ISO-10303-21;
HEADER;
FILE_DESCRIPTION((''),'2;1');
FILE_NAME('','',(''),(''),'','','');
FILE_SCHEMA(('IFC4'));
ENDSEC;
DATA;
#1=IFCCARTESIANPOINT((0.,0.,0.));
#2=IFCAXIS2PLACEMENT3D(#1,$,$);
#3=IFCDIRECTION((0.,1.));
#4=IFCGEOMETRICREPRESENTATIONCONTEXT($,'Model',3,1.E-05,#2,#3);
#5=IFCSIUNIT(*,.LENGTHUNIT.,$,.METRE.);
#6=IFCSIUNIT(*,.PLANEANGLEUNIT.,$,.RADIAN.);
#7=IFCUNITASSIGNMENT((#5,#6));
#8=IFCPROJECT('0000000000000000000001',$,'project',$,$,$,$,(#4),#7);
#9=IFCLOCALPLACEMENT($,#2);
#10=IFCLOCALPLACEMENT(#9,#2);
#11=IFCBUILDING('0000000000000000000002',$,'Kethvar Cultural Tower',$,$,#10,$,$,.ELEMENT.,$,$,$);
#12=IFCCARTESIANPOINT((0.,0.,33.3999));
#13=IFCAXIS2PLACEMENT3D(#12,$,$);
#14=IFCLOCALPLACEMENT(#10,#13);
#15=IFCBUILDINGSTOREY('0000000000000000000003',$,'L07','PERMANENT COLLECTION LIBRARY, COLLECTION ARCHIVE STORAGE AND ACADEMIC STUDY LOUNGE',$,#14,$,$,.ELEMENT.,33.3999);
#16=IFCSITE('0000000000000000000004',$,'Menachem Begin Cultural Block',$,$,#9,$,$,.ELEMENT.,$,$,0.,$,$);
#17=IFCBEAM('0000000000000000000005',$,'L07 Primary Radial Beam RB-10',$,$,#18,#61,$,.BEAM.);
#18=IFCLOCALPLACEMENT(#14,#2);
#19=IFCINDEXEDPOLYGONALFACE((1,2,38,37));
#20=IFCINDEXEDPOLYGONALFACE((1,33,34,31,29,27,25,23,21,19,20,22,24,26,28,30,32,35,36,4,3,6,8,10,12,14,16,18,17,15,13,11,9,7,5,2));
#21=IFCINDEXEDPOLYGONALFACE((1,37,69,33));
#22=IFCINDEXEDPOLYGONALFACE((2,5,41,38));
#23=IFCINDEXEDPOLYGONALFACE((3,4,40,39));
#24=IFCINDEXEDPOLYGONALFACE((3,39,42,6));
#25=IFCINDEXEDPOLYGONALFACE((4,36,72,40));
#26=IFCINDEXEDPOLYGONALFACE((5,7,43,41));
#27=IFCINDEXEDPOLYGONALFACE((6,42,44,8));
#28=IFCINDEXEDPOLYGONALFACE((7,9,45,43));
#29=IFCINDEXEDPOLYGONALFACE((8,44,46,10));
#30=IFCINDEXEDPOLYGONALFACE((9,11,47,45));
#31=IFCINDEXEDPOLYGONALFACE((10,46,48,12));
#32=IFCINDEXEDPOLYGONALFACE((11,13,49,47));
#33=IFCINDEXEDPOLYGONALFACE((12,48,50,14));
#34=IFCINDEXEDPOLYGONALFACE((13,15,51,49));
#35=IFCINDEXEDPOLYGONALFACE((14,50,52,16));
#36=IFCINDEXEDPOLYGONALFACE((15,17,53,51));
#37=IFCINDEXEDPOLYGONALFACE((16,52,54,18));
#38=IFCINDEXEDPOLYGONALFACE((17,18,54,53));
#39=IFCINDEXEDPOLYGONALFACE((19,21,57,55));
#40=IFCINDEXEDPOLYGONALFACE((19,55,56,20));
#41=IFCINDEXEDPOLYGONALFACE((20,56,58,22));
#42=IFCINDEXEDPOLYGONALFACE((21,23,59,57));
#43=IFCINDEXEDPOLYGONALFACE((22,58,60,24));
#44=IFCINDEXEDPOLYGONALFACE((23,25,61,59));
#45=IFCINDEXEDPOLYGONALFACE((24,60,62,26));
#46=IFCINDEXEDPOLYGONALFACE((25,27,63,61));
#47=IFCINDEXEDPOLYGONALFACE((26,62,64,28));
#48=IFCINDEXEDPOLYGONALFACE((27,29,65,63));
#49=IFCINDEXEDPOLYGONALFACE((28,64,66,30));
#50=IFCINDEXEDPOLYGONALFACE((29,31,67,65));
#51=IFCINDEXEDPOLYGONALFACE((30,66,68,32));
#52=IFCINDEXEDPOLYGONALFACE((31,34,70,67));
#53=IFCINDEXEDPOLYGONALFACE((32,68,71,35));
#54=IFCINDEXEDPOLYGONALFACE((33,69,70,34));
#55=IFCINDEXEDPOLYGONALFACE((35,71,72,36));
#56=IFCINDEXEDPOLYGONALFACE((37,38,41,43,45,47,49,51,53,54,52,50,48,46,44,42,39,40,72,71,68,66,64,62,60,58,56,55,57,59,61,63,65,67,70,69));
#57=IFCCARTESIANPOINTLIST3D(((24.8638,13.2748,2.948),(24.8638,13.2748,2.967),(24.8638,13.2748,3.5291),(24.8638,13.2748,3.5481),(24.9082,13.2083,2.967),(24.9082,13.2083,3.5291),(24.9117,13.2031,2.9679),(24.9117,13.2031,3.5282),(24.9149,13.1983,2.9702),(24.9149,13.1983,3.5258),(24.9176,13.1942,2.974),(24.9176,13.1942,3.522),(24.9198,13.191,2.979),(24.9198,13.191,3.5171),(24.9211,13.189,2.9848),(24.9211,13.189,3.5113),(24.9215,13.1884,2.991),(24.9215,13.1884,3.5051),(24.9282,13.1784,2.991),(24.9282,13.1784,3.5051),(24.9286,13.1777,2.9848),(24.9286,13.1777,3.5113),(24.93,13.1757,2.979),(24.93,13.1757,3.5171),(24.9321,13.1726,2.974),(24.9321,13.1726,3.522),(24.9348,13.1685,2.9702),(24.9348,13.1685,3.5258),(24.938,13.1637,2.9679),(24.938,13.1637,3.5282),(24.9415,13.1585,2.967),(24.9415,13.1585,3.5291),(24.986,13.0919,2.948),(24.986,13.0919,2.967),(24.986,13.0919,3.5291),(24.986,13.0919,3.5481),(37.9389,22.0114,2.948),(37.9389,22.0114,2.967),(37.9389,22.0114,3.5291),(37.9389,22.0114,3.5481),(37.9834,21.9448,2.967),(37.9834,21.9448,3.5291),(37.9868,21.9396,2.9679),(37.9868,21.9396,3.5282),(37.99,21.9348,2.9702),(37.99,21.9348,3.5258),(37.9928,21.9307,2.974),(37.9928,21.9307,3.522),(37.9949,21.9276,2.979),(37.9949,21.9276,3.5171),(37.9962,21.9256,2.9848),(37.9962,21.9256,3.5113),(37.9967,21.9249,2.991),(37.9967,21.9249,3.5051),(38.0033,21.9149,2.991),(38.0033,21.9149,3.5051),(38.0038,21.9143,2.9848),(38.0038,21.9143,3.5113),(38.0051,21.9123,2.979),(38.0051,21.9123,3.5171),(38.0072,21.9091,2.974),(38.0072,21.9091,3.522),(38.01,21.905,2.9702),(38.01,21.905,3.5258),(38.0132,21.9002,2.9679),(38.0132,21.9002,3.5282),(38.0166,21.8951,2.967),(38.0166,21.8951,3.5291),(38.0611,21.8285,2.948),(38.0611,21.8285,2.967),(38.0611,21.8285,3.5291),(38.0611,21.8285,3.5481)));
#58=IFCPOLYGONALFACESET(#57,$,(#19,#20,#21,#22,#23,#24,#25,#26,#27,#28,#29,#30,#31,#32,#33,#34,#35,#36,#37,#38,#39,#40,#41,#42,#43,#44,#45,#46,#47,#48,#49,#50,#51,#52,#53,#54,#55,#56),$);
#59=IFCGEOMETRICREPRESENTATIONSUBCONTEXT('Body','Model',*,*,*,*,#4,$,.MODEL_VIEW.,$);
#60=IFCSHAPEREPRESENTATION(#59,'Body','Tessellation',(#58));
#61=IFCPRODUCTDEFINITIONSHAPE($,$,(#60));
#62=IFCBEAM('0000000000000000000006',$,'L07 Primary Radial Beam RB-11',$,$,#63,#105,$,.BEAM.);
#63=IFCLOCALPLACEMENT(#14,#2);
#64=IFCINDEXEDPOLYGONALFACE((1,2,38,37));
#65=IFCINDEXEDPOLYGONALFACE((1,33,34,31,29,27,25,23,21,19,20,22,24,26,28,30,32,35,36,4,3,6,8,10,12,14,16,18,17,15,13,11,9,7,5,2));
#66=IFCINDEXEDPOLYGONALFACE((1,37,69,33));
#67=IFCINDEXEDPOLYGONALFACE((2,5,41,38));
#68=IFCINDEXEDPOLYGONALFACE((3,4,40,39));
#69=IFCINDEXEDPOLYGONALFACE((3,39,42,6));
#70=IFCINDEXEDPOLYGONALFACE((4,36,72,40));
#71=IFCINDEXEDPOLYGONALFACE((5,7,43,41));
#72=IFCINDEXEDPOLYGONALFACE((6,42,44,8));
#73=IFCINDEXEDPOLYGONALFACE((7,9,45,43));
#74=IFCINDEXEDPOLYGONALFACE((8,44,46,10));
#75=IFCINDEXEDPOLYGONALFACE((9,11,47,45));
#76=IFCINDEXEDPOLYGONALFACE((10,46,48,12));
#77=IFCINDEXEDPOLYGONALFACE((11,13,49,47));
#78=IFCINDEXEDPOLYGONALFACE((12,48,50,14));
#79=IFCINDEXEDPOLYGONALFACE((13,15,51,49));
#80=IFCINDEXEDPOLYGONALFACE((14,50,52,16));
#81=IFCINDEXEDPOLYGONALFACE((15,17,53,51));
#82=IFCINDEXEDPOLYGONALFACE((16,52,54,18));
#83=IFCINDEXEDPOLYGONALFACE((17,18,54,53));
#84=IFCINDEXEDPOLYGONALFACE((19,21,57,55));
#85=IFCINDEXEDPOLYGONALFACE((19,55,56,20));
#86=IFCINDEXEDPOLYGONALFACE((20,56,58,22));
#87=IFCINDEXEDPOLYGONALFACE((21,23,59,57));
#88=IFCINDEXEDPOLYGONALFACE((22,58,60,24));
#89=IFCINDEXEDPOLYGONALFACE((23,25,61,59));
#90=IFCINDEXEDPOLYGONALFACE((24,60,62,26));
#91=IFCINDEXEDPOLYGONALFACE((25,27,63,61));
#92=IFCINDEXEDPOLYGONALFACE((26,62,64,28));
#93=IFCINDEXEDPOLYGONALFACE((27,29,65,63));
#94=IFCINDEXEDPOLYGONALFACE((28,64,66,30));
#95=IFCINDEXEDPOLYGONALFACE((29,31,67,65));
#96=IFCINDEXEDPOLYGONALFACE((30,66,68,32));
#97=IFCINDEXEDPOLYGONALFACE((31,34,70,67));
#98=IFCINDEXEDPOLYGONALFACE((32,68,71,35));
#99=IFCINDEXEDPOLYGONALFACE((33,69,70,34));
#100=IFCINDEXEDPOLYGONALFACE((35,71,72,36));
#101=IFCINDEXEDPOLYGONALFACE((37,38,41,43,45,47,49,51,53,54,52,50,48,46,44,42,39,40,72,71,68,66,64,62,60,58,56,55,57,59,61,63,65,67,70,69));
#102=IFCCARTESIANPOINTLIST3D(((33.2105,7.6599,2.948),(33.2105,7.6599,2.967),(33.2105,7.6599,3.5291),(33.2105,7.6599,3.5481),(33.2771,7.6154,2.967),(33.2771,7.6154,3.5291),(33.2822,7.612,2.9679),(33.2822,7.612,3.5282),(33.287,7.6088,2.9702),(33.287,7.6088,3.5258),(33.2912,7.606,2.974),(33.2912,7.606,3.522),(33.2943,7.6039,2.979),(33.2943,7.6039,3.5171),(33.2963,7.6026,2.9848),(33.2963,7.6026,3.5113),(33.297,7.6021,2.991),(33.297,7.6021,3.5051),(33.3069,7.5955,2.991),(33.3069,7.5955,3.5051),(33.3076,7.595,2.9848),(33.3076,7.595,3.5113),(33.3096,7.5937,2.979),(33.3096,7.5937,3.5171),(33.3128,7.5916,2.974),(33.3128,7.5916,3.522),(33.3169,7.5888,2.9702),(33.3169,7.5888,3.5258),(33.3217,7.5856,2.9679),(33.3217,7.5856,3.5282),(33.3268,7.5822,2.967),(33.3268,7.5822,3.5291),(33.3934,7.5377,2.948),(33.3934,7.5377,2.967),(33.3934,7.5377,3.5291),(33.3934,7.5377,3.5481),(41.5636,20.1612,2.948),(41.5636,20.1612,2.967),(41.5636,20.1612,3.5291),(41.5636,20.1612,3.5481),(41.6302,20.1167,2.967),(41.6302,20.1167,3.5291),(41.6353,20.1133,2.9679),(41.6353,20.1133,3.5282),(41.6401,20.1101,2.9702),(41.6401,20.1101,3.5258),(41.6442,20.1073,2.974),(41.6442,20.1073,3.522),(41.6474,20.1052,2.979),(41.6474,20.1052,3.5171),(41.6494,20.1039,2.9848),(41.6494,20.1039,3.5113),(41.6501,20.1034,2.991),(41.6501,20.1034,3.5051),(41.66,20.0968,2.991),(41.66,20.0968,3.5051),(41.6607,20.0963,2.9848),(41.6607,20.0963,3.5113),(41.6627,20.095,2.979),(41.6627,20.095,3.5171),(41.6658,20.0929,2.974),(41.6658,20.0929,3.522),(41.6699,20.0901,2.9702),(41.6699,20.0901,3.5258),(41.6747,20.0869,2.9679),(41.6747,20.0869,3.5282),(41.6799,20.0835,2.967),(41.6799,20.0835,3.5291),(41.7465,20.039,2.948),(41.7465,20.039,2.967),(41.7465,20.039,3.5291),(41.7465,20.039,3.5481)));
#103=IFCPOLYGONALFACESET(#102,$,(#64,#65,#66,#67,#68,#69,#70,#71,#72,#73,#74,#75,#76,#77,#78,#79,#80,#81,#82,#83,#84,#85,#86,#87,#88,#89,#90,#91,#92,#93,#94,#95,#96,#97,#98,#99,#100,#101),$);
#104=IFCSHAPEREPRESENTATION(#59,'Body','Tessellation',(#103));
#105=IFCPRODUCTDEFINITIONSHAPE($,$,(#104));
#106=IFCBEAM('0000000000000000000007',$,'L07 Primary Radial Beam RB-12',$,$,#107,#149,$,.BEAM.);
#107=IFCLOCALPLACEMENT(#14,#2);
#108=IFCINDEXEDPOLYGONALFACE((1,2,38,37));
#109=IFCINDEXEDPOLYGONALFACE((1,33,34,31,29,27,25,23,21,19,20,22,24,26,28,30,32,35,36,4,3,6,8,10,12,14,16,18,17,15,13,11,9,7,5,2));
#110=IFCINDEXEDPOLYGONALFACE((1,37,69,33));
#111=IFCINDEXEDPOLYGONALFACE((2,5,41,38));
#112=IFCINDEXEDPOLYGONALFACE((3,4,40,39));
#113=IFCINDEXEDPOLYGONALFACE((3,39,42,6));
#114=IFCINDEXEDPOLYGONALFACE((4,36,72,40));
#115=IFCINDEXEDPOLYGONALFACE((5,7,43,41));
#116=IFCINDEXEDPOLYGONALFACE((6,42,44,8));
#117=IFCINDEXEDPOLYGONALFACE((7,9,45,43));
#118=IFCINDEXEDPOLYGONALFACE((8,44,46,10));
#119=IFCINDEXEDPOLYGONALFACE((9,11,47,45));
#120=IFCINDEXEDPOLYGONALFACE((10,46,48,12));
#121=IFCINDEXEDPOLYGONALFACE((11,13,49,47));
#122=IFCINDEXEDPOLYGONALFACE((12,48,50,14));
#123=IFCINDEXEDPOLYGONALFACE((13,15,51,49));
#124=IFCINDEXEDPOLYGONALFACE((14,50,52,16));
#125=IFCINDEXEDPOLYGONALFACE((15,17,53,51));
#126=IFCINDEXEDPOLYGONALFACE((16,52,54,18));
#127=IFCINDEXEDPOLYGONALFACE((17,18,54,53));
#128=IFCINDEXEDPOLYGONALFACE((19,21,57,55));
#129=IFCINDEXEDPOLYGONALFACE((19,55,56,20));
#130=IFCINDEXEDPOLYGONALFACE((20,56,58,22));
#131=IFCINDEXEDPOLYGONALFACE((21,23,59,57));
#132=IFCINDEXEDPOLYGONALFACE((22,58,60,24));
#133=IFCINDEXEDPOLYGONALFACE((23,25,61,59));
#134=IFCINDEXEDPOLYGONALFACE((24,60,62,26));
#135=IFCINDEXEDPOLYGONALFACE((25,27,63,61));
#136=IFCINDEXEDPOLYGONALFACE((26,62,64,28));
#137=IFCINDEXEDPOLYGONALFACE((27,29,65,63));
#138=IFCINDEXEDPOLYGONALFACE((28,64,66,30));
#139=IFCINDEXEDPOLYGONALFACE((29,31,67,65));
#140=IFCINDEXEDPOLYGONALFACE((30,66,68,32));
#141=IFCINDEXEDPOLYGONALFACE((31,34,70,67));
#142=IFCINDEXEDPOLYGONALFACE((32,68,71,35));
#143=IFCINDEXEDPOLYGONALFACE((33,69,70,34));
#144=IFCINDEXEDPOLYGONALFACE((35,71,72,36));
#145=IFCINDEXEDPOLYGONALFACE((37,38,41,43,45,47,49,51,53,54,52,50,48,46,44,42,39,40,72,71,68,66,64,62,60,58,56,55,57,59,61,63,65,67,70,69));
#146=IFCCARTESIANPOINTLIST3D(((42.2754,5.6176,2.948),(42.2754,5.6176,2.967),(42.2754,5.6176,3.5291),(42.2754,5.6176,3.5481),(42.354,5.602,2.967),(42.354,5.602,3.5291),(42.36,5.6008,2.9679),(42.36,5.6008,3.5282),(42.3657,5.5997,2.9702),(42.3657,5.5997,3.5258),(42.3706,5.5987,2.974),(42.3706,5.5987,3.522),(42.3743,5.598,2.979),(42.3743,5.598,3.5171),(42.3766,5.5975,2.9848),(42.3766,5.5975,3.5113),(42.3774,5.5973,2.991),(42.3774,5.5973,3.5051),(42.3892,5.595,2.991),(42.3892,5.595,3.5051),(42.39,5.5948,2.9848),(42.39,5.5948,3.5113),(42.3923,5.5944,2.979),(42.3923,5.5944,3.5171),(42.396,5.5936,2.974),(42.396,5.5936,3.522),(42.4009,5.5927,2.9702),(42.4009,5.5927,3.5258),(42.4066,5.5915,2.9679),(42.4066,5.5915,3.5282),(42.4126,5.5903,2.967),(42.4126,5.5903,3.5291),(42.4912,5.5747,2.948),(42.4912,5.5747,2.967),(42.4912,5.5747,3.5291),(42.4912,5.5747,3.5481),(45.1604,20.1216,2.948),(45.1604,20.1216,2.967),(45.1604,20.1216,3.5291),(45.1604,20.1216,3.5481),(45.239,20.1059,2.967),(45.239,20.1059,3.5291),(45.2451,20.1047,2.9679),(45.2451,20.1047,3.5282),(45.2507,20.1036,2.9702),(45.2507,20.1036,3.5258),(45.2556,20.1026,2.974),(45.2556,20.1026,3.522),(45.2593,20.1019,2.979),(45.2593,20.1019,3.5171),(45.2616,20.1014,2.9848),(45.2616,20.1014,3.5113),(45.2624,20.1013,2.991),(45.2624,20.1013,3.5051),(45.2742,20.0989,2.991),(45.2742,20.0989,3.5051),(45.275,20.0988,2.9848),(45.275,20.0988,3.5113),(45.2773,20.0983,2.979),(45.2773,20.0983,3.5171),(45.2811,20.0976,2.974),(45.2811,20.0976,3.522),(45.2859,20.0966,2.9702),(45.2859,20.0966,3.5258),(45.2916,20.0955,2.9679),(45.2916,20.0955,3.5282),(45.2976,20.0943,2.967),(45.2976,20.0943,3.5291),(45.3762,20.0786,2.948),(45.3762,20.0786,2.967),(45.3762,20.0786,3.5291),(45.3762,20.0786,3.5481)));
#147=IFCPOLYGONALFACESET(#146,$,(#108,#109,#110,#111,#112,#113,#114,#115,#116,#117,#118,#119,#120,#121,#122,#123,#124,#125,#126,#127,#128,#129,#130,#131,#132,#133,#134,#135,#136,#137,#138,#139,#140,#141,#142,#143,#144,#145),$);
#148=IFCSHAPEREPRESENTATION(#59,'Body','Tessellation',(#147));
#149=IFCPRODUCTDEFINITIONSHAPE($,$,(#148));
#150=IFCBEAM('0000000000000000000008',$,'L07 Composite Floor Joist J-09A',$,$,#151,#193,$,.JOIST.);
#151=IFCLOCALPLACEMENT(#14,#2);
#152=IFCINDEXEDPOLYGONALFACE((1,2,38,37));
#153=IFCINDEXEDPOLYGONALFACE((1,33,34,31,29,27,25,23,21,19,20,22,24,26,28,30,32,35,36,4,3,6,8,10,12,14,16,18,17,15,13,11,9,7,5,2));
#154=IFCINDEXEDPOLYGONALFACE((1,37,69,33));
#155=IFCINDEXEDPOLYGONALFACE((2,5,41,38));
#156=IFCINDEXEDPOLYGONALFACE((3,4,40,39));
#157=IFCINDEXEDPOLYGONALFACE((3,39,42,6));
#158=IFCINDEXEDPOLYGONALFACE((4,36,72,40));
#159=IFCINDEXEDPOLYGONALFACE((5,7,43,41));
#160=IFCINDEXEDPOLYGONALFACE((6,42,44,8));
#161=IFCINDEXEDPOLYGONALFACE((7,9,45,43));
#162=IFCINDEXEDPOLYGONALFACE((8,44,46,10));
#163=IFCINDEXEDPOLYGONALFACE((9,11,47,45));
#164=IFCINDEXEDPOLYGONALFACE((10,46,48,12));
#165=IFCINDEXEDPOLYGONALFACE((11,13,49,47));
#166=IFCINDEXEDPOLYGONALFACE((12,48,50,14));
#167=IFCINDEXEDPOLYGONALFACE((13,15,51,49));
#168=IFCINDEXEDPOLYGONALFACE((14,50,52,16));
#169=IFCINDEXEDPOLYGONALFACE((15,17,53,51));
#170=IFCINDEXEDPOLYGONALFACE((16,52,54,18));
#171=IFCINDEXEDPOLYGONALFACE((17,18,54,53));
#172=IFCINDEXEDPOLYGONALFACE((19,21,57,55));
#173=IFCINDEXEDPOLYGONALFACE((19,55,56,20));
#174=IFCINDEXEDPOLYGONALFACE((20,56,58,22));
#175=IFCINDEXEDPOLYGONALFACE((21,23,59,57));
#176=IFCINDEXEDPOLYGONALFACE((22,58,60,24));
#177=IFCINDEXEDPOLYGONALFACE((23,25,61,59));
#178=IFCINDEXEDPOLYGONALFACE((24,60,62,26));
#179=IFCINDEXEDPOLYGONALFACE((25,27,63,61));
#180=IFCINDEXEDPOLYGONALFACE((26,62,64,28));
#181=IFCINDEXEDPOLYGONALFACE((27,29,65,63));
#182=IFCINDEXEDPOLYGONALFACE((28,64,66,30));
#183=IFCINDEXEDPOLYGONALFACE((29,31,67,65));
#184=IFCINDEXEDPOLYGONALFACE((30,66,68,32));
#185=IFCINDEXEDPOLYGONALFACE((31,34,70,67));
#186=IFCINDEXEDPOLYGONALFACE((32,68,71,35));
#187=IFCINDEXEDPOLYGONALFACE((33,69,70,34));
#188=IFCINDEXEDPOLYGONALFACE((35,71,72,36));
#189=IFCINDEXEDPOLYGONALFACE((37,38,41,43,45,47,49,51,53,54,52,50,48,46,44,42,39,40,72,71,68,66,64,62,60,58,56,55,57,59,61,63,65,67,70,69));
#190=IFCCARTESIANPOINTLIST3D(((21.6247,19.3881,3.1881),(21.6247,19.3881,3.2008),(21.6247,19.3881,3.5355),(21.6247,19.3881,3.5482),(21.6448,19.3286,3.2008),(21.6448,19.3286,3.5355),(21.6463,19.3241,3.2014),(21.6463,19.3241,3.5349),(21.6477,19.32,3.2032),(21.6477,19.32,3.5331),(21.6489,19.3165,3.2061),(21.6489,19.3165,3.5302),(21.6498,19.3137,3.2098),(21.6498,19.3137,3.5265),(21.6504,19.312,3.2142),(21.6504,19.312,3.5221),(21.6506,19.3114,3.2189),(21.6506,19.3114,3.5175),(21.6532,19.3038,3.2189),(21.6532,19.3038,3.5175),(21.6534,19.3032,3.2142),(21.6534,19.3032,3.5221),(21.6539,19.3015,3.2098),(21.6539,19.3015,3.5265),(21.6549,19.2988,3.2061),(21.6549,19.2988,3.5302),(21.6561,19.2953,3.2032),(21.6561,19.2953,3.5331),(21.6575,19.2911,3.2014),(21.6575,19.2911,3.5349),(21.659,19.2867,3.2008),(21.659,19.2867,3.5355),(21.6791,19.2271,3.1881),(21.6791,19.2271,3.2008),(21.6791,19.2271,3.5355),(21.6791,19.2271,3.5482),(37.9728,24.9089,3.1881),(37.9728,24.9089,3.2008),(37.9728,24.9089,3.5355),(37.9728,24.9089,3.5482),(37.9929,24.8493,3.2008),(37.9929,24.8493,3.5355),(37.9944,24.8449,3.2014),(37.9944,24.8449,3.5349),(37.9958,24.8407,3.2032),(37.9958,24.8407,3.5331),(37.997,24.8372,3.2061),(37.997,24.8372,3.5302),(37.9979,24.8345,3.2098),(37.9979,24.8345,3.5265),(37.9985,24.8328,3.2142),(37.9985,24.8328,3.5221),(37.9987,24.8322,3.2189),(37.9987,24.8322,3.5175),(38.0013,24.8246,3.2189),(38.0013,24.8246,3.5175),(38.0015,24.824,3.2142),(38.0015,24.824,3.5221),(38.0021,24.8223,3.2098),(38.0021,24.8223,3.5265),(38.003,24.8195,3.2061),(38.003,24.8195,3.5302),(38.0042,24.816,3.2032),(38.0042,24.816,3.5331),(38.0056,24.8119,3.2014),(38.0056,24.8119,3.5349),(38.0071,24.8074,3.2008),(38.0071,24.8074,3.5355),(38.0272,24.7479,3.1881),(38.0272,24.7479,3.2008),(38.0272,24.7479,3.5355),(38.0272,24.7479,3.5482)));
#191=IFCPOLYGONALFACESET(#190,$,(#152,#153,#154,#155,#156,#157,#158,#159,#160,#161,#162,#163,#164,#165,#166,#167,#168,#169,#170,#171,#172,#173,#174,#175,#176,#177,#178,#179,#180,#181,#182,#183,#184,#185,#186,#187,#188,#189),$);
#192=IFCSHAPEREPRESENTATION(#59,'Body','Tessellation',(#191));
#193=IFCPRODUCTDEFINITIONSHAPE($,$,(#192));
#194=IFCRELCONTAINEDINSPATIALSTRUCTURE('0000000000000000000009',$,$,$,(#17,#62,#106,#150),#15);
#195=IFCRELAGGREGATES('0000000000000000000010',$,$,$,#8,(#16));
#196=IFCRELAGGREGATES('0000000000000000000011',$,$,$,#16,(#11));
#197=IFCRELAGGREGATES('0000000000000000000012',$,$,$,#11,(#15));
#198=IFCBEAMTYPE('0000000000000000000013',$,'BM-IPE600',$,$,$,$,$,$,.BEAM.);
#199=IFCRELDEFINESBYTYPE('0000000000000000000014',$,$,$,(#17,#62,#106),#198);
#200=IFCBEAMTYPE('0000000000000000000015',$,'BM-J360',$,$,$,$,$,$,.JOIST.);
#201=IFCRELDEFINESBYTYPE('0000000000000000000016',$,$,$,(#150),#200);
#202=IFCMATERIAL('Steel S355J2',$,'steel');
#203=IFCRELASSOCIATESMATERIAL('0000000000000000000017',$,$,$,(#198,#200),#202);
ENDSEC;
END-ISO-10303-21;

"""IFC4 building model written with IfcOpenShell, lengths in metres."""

from ifc_helpers import new_model, si_unit, direction, frame, origin, origin_2d, place, context, subcontext, project, spatial, i_section, extrude, source, transform, mapped, material, material_profile, profile_set, type_object, element, save


model = new_model("IFC4")

# Units and contexts
model_context = context("Model", 3, precision=1e-05, world=origin(), true_north=direction((0.0, 1.0)))
body_context = subcontext(model_context, "Body", "Model", "MODEL_VIEW")
ifc_project = project(units=[si_unit("LENGTHUNIT", "METRE"), si_unit("PLANEANGLEUNIT", "RADIAN")], contexts=[model_context])

# Site, building, storey
site_placement = place(None, origin())
site = spatial("IfcSite", under=ifc_project, at=site_placement, Name="Menachem Begin Cultural Block", CompositionType="ELEMENT", RefElevation=0.0)
building_placement = place(site_placement, origin())
building = spatial("IfcBuilding", under=site, at=building_placement, Name="Kethvar Cultural Tower", CompositionType="ELEMENT")
storey_placement = place(building_placement, frame((0.0, 0.0, 33.3999)))
storey = spatial("IfcBuildingStorey", under=building, at=storey_placement, Name="L07", Description="PERMANENT COLLECTION LIBRARY, COLLECTION ARCHIVE STORAGE AND ACADEMIC STUDY LOUNGE", CompositionType="ELEMENT", Elevation=33.3999)

# Beams
ifc_material_1 = material(Name="Steel S355J2", Category="steel")
ifc_material_profile_1 = material_profile(ifc_material_1, i_section(OverallWidth=0.22, OverallDepth=0.6001, WebThickness=0.012, FlangeThickness=0.019, FilletRadius=0.0239, at=origin_2d()), Name="Steel S355J2 — IPE600")
ifc_profile_set_1 = profile_set([ifc_material_profile_1], Name="Steel S355J2 — IPE600")
beam_type_1 = type_object("IfcBeamType", Name="BM-IPE600", PredefinedType="BEAM", material=ifc_profile_set_1)
shared_shape_1 = source(origin(), body_context, "Body", "SweptSolid", [
    extrude(i_section(OverallWidth=0.22, OverallDepth=0.6001, WebThickness=0.012, FlangeThickness=0.019, FilletRadius=0.0239, at=origin_2d()), origin(), (0.0, 0.0, 1.0), 15.7253),
])
beam_1_placement = place(storey_placement, frame((38.0, 21.9199, 3.248), z_axis=(-0.831469, -0.55557, 0.0), x_axis=(0.55557, -0.831469, 0.0)))
element("IfcBeam", 1, at=beam_1_placement, inside=storey, type_object=beam_type_1, Name="L07 Primary Radial Beam RB-10", PredefinedType="BEAM", context=body_context, shape_type="MappedRepresentation", body=[
    mapped(shared_shape_1, transform((0.0, 0.0, 0.0), scale=1.0)),
])
shared_shape_2 = source(origin(), body_context, "Body", "SweptSolid", [
    extrude(i_section(OverallWidth=0.22, OverallDepth=0.6001, WebThickness=0.012, FlangeThickness=0.019, FilletRadius=0.0239, at=origin_2d()), origin(), (0.0, 0.0, 1.0), 15.0352),
])
beam_2_placement = place(storey_placement, frame((41.655, 20.1001, 3.248), z_axis=(-0.555569, -0.83147, 0.0), x_axis=(0.83147, -0.555569, 0.0)))
element("IfcBeam", 2, at=beam_2_placement, inside=storey, type_object=beam_type_1, Name="L07 Primary Radial Beam RB-11", PredefinedType="BEAM", context=body_context, shape_type="MappedRepresentation", body=[
    mapped(shared_shape_2, transform((0.0, 0.0, 0.0), scale=1.0)),
])
shared_shape_3 = source(origin(), body_context, "Body", "SweptSolid", [
    extrude(i_section(OverallWidth=0.22, OverallDepth=0.6001, WebThickness=0.012, FlangeThickness=0.019, FilletRadius=0.0239, at=origin_2d()), origin(), (0.0, 0.0, 1.0), 14.7881),
])
beam_3_placement = place(storey_placement, frame((45.2683, 20.1001, 3.248), z_axis=(-0.195091, -0.980785, 0.0), x_axis=(0.980785, -0.195091, 0.0)))
element("IfcBeam", 3, at=beam_3_placement, inside=storey, type_object=beam_type_1, Name="L07 Primary Radial Beam RB-12", PredefinedType="BEAM", context=body_context, shape_type="MappedRepresentation", body=[
    mapped(shared_shape_3, transform((0.0, 0.0, 0.0), scale=1.0)),
])
ifc_material_profile_2 = material_profile(ifc_material_1, i_section(OverallWidth=0.1699, OverallDepth=0.3601, WebThickness=0.0081, FlangeThickness=0.0127, FilletRadius=0.0181, at=origin_2d()), Name="Steel S355J2 — IPE360")
ifc_profile_set_2 = profile_set([ifc_material_profile_2], Name="Steel S355J2 — IPE360")
beam_type_2 = type_object("IfcBeamType", Name="BM-J360", PredefinedType="JOIST", material=ifc_profile_set_2)
shared_shape_4 = source(origin(), body_context, "Body", "SweptSolid", [
    extrude(i_section(OverallWidth=0.1699, OverallDepth=0.3601, WebThickness=0.0081, FlangeThickness=0.0127, FilletRadius=0.0181, at=origin_2d()), origin(), (0.0, 0.0, 1.0), 17.2551),
])
beam_4_placement = place(storey_placement, frame((38.0, 24.8284, 3.3682), z_axis=(-0.947435, -0.319948, 0.0), x_axis=(0.319948, -0.947435, 0.0)))
element("IfcBeam", 4, at=beam_4_placement, inside=storey, type_object=beam_type_2, Name="L07 Composite Floor Joist J-09A", PredefinedType="JOIST", context=body_context, shape_type="MappedRepresentation", body=[
    mapped(shared_shape_4, transform((0.0, 0.0, 0.0), scale=1.0)),
])

save(model, "model.ifc")
